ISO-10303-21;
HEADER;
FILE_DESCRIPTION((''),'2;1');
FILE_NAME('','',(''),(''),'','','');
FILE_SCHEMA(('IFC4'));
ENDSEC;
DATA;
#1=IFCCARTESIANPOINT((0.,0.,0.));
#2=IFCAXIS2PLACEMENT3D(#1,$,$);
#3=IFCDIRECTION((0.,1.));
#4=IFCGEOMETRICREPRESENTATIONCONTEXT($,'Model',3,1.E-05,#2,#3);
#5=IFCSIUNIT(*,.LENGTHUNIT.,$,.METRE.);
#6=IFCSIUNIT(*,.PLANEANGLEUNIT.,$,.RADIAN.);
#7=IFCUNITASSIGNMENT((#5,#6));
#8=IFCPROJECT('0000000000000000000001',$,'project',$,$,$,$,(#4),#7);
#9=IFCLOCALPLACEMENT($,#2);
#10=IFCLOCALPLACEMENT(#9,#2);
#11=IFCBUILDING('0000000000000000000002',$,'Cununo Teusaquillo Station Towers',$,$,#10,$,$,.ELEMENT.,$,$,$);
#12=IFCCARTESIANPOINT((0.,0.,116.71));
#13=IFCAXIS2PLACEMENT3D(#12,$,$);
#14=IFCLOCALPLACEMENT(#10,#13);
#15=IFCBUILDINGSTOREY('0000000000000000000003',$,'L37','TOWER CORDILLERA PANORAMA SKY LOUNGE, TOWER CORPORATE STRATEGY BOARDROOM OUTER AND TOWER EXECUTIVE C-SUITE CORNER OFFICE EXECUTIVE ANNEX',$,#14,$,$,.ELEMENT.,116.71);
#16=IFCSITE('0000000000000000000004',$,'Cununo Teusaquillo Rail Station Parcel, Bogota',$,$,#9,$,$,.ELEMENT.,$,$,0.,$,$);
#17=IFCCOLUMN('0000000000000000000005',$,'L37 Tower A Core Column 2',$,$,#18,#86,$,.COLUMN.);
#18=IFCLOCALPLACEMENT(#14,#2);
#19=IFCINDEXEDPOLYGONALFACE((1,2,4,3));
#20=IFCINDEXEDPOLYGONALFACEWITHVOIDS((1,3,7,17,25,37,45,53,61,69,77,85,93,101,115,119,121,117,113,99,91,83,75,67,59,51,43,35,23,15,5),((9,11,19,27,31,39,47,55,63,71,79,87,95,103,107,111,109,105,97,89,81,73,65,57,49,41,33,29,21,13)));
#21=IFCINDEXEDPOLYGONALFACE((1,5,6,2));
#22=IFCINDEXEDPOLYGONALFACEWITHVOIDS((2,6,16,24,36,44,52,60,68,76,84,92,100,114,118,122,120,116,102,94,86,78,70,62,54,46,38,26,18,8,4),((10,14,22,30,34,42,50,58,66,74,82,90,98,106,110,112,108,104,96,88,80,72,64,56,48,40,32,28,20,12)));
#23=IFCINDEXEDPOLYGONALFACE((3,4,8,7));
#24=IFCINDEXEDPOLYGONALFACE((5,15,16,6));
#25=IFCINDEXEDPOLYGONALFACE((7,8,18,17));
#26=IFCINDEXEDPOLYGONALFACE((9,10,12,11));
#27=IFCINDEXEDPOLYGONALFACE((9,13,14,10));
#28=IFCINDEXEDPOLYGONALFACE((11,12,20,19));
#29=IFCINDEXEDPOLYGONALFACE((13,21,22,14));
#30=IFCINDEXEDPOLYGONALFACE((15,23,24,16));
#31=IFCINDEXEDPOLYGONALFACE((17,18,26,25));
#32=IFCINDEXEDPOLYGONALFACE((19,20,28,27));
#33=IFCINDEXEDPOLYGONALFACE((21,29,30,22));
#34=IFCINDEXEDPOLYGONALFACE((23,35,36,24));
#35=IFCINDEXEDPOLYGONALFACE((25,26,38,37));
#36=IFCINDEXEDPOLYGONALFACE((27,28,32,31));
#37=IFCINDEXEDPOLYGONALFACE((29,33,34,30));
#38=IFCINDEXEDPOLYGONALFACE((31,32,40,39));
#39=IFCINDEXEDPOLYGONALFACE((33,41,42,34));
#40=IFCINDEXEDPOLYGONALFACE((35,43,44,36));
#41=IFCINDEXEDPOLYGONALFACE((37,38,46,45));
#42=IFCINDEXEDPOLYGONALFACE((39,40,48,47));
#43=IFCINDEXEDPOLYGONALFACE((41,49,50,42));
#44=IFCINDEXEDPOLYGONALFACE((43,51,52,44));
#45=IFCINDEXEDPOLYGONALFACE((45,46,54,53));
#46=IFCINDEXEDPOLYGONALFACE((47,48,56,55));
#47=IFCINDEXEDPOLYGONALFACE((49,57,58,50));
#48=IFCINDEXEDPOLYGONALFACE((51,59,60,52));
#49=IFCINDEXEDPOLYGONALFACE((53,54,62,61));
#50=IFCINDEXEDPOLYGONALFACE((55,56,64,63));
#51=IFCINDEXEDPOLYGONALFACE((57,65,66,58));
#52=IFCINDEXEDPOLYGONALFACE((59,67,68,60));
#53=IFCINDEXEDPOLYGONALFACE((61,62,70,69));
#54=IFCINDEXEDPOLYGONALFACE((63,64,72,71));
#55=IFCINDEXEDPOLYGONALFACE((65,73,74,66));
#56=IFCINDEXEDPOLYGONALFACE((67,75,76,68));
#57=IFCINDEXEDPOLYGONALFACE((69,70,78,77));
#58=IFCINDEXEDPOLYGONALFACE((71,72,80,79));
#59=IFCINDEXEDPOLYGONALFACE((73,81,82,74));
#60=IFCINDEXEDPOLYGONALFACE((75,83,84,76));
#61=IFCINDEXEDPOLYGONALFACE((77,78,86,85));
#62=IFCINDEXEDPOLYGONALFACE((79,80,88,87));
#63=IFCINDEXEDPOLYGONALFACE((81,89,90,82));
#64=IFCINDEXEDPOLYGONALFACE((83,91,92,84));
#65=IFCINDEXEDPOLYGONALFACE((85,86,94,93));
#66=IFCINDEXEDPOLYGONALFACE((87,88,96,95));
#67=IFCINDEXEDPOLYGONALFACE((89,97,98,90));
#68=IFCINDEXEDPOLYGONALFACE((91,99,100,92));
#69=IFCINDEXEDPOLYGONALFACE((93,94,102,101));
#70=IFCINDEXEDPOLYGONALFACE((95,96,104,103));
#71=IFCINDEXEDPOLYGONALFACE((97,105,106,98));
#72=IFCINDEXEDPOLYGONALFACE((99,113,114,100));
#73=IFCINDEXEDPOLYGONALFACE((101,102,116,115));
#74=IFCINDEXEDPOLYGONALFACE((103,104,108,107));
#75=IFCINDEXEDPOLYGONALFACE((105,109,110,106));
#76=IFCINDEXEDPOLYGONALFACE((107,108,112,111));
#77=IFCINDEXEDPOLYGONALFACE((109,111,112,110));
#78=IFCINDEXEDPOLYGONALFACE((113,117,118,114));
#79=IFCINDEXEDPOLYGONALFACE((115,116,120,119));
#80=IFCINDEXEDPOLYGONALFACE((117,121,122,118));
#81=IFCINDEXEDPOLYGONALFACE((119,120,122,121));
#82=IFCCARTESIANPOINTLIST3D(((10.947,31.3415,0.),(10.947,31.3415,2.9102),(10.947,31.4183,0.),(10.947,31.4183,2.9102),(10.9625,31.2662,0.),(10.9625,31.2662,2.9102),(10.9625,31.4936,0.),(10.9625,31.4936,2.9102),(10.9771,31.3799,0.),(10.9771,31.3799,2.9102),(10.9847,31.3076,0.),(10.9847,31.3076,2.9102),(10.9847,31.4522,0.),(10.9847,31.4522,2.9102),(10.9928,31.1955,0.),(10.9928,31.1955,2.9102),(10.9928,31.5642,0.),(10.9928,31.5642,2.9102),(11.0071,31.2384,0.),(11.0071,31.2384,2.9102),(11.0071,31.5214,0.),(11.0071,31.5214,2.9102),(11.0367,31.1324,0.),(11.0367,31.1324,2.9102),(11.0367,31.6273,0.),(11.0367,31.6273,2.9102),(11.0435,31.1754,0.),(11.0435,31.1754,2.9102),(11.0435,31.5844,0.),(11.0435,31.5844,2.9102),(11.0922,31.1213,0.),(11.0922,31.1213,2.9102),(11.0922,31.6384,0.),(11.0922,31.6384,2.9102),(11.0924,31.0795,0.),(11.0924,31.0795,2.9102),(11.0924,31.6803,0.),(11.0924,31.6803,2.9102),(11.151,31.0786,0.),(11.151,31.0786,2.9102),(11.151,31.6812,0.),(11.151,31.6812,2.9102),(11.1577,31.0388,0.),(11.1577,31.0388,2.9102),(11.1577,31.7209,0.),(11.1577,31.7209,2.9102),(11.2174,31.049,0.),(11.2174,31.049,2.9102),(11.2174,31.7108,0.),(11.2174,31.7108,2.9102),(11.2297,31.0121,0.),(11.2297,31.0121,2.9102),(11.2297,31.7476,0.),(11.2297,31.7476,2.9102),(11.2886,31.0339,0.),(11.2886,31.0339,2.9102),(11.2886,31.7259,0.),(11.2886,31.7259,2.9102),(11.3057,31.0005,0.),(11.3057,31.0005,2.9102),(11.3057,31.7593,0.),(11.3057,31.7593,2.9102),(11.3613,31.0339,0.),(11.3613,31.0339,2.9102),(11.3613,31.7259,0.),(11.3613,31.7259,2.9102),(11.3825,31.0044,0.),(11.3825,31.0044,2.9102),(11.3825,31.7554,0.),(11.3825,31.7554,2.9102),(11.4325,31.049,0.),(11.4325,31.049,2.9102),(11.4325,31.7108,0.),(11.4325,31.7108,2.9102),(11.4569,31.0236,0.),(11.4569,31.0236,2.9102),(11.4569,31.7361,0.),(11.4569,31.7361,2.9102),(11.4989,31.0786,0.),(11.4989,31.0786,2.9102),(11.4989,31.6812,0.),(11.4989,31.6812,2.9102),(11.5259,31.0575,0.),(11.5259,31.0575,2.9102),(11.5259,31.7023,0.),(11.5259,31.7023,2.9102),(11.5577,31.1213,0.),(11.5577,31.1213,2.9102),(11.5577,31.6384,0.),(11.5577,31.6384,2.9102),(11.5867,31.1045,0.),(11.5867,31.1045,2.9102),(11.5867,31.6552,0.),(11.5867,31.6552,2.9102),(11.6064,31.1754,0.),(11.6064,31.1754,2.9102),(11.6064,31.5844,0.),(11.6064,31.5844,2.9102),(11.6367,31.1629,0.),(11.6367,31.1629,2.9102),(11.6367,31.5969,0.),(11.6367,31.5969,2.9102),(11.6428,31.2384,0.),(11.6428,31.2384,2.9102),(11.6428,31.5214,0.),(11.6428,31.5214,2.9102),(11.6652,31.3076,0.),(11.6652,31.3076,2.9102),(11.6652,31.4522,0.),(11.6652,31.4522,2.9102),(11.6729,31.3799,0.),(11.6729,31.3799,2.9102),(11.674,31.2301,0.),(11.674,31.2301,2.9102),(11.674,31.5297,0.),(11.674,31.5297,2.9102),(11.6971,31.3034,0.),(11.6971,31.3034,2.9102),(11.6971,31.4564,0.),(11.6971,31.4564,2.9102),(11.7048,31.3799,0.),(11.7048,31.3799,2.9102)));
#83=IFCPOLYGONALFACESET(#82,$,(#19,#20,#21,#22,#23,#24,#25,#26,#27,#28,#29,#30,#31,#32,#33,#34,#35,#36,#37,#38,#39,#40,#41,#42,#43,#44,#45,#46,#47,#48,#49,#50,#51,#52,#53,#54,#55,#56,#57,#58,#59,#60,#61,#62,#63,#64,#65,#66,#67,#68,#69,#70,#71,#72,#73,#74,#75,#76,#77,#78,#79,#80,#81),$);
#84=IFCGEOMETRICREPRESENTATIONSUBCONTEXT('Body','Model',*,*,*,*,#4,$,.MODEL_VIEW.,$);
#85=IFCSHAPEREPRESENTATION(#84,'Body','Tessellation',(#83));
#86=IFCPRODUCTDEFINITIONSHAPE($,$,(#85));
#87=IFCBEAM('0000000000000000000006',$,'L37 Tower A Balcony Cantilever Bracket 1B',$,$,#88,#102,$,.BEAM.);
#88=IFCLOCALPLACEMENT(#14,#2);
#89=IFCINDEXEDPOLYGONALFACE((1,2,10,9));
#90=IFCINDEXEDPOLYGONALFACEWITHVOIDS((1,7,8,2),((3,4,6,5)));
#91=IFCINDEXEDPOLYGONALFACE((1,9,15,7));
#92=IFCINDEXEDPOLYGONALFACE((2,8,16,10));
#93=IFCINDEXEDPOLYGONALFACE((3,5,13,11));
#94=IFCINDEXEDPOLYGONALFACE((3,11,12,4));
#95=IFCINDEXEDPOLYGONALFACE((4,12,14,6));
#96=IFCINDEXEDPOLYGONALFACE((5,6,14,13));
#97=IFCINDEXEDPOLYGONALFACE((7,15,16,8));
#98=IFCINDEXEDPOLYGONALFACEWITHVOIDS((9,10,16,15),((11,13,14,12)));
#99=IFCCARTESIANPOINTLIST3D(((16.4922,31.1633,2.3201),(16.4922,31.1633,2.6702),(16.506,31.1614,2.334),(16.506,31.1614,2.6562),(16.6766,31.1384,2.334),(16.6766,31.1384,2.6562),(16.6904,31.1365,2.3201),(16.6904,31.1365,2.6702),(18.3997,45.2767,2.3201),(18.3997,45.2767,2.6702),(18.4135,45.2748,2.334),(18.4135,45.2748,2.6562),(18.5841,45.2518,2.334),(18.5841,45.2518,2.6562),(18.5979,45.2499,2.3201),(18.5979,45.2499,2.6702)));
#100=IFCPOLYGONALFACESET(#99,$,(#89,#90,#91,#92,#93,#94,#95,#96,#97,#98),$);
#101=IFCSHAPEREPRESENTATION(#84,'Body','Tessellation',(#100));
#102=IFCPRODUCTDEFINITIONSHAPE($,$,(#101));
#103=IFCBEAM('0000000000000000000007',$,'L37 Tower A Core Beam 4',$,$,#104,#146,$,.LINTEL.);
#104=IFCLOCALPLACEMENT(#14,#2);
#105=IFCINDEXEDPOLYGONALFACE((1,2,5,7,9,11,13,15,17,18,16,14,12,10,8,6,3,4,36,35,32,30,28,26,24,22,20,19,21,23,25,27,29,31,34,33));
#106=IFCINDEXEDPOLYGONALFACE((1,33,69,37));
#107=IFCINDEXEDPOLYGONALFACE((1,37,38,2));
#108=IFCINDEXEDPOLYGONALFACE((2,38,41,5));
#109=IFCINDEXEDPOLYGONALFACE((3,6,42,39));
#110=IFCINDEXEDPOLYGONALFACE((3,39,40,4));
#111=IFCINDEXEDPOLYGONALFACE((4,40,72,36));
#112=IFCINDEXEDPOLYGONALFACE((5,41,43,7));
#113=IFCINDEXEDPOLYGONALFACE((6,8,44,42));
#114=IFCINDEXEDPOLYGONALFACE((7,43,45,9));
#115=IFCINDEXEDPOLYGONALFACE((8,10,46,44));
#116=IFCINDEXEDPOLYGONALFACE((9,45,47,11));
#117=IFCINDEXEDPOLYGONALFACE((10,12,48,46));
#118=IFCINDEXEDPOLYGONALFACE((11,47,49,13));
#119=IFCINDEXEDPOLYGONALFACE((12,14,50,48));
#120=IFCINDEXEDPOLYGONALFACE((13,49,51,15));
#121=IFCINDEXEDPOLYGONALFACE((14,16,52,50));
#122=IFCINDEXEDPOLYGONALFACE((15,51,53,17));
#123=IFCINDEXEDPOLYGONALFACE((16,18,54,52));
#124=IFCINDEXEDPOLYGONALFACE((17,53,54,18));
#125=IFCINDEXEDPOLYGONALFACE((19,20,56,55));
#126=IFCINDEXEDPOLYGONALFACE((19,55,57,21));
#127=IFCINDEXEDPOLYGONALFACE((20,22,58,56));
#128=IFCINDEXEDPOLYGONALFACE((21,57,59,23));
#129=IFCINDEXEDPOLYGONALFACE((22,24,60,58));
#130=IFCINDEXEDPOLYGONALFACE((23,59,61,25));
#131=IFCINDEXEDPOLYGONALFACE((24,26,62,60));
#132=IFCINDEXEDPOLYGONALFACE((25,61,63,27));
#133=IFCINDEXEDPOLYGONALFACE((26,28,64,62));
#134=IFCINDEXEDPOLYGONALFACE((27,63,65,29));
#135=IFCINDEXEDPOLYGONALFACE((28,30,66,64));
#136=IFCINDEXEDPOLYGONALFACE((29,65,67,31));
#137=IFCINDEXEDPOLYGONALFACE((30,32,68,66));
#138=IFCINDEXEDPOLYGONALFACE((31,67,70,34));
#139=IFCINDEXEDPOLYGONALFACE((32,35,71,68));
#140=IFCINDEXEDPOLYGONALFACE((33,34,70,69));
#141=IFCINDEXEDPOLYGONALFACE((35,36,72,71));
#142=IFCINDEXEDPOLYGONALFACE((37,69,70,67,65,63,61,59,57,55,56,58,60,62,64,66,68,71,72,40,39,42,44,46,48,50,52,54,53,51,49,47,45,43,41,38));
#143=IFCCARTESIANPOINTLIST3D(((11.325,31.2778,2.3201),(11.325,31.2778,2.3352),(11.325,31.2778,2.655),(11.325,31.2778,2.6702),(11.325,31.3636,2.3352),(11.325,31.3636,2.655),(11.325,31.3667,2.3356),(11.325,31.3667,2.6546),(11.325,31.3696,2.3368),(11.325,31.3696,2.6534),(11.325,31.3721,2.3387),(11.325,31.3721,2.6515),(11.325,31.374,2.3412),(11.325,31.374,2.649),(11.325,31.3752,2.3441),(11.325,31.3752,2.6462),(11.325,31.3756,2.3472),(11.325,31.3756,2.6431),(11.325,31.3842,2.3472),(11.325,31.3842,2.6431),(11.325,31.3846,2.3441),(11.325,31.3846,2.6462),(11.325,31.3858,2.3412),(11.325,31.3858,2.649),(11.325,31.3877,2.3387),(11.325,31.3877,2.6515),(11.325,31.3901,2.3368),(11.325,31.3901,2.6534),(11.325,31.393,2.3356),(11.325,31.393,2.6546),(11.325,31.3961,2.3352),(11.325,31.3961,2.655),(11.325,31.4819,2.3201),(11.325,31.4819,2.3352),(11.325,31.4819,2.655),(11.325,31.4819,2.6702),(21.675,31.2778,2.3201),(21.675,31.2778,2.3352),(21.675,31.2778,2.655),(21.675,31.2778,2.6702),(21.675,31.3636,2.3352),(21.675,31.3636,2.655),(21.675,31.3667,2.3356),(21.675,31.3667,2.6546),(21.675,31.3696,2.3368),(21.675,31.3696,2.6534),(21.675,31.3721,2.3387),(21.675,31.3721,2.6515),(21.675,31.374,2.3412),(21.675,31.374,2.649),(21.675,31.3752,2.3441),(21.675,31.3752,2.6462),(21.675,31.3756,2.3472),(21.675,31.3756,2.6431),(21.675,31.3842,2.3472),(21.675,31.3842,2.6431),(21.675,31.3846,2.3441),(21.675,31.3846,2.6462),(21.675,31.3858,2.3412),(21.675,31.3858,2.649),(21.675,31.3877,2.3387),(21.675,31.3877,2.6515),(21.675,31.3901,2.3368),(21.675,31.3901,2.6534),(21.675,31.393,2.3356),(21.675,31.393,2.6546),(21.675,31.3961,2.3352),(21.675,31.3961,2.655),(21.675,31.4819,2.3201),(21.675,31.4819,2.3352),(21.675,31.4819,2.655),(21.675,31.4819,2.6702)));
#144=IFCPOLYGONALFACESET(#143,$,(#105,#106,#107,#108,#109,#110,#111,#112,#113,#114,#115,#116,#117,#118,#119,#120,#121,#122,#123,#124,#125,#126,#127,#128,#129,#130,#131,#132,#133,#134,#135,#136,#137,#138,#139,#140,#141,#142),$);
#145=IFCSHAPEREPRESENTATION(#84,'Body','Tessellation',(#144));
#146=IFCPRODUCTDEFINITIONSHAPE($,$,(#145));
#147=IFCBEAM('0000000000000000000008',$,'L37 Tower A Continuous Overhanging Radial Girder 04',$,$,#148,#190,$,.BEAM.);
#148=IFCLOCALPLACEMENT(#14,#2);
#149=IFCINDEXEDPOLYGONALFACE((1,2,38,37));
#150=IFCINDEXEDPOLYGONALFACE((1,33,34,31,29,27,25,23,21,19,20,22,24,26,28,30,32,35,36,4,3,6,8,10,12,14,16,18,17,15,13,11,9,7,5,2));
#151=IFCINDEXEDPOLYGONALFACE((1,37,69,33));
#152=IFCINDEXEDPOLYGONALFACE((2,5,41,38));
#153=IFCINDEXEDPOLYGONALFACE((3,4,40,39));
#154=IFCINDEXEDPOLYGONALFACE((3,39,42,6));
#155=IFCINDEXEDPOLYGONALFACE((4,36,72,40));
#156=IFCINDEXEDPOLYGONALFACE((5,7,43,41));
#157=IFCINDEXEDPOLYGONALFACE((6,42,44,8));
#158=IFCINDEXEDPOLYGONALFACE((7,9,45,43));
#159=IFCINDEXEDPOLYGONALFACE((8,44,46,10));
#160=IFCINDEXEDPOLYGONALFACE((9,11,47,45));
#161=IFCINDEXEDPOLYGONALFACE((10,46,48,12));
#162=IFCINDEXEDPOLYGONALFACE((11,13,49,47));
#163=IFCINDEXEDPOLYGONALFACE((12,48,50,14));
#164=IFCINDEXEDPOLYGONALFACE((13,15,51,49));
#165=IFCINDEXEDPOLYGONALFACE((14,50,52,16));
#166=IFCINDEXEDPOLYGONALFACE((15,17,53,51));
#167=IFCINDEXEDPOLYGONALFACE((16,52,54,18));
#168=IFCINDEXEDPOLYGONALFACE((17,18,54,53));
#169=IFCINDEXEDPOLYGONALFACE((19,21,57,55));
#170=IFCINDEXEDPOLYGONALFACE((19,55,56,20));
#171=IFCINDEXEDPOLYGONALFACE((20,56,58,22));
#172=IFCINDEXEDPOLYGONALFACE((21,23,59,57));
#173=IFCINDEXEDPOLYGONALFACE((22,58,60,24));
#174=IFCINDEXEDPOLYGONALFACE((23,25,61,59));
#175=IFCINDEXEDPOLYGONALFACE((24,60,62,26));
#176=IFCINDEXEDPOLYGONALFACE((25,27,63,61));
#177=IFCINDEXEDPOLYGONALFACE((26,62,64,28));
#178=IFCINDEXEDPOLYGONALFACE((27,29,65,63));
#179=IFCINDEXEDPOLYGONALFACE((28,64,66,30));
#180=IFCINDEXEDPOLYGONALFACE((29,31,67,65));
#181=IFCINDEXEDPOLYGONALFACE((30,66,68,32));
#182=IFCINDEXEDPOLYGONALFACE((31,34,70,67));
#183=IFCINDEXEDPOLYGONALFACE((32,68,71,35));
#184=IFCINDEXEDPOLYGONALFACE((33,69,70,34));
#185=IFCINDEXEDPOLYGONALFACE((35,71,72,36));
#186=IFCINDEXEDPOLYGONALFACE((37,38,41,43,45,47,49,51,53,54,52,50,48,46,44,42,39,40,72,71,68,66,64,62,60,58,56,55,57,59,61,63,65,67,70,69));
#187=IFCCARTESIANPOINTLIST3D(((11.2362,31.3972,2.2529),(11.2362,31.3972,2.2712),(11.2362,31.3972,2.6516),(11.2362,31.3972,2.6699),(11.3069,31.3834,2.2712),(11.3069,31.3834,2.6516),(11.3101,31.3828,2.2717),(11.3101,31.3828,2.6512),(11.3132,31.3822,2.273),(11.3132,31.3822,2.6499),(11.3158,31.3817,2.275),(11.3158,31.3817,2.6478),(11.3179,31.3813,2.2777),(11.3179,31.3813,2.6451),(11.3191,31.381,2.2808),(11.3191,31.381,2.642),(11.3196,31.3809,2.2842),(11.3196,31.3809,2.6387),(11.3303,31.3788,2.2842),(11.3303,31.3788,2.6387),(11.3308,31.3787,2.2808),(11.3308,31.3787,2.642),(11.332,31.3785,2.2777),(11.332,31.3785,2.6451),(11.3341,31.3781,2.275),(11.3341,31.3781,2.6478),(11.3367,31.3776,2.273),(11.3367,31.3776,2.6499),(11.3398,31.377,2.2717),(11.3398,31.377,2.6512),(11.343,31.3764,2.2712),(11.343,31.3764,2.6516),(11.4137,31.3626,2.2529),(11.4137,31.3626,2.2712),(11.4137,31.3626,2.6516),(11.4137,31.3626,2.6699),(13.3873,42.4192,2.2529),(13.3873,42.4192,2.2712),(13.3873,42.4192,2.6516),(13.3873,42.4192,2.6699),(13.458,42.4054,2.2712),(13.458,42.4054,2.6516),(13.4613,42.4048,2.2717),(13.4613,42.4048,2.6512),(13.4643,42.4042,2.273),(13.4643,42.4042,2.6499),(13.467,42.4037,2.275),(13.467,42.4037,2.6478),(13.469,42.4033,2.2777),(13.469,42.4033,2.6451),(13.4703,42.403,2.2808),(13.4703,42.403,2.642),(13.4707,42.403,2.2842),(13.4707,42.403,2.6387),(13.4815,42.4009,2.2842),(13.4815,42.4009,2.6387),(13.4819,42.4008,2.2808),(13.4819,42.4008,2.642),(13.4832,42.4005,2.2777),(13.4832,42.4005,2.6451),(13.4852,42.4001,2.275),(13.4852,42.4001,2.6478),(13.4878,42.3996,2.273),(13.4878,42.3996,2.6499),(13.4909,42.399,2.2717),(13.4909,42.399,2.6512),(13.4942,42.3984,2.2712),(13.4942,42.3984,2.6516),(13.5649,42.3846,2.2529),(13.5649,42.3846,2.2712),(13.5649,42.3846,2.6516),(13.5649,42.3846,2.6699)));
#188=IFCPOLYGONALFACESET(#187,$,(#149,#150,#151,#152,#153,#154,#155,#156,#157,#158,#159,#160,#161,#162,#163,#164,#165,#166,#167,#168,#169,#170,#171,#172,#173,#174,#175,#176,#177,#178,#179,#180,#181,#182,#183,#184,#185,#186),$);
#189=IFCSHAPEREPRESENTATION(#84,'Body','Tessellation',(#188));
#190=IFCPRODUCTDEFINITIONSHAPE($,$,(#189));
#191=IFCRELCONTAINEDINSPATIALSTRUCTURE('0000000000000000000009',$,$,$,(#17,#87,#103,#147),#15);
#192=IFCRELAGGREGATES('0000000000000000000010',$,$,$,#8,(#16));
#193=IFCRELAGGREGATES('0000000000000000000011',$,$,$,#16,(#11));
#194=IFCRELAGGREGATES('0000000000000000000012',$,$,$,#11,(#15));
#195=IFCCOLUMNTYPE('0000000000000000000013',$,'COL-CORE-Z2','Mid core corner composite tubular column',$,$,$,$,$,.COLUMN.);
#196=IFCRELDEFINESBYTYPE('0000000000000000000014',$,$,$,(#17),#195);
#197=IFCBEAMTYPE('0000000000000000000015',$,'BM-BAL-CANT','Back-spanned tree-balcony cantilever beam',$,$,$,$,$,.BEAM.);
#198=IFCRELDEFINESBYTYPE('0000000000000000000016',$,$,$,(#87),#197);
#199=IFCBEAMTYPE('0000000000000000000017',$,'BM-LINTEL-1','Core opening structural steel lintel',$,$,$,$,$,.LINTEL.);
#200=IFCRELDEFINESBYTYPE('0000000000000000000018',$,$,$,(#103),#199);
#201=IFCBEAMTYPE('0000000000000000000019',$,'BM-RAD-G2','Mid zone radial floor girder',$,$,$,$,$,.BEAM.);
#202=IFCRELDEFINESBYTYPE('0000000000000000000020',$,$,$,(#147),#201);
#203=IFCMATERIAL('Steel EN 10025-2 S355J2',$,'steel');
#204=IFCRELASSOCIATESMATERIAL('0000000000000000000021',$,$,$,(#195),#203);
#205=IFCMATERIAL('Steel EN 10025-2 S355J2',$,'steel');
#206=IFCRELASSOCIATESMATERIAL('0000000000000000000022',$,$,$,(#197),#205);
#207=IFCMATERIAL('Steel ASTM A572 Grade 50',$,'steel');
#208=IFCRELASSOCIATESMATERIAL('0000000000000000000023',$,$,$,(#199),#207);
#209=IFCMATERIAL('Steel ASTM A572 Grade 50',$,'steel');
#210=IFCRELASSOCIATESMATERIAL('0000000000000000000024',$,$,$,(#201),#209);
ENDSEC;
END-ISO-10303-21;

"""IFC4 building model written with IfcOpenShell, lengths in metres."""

from ifc_helpers import new_model, si_unit, direction, frame, origin, origin_2d, place, context, subcontext, project, spatial, hollow_rectangle, hollow_circle, i_section, extrude, material, material_profile, profile_set, type_object, element, save


model = new_model("IFC4")

# Units and contexts
model_context = context("Model", 3, precision=1e-05, world=origin(), true_north=direction((0.0, 1.0)))
body_context = subcontext(model_context, "Body", "Model", "MODEL_VIEW")
ifc_project = project(units=[si_unit("LENGTHUNIT", "METRE"), si_unit("PLANEANGLEUNIT", "RADIAN")], contexts=[model_context])

# Site, building, storey
site_placement = place(None, origin())
site = spatial("IfcSite", under=ifc_project, at=site_placement, Name="Cununo Teusaquillo Rail Station Parcel, Bogota", CompositionType="ELEMENT", RefElevation=0.0)
building_placement = place(site_placement, origin())
building = spatial("IfcBuilding", under=site, at=building_placement, Name="Cununo Teusaquillo Station Towers", CompositionType="ELEMENT")
storey_placement = place(building_placement, frame((0.0, 0.0, 116.71)))
storey = spatial("IfcBuildingStorey", under=building, at=storey_placement, Name="L37", Description="TOWER CORDILLERA PANORAMA SKY LOUNGE, TOWER CORPORATE STRATEGY BOARDROOM OUTER AND TOWER EXECUTIVE C-SUITE CORNER OFFICE EXECUTIVE ANNEX", CompositionType="ELEMENT", Elevation=116.71)

# Column
ifc_material_1 = material(Name="Steel EN 10025-2 S355J2", Category="steel")
ifc_material_profile_1 = material_profile(ifc_material_1, hollow_circle(Radius=0.3799, WallThickness=0.032, at=origin_2d()), Name="CHS 760x32")
ifc_profile_set_1 = profile_set([ifc_material_profile_1], Name="Steel EN 10025-2 S355J2")
column_type = type_object("IfcColumnType", Name="COL-CORE-Z2", Description="Mid core corner composite tubular column", PredefinedType="COLUMN", material=ifc_profile_set_1)
column_placement = place(storey_placement, frame((11.325, 31.3799, 0.0), z_axis=(0.0, 0.0, 1.0), x_axis=(1.0, 0.0, 0.0)))
element("IfcColumn", 1, at=column_placement, inside=storey, type_object=column_type, Name="L37 Tower A Core Column 2", PredefinedType="COLUMN", context=body_context, shape_type="SweptSolid", body=[
    extrude(hollow_circle(Radius=0.3799, WallThickness=0.032, at=origin_2d()), origin(), (0.0, 0.0, 1.0), 2.9102),
])

# Beams
ifc_material_2 = material(Name="Steel EN 10025-2 S355J2", Category="steel")
ifc_material_profile_2 = material_profile(ifc_material_2, hollow_rectangle(XDim=0.2, YDim=0.3501, WallThickness=0.0139, at=origin_2d()), Name="RHS 350x200x14")
ifc_profile_set_2 = profile_set([ifc_material_profile_2], Name="Steel EN 10025-2 S355J2")
beam_type_1 = type_object("IfcBeamType", Name="BM-BAL-CANT", Description="Back-spanned tree-balcony cantilever beam", PredefinedType="BEAM", material=ifc_profile_set_2)
beam_1_placement = place(storey_placement, frame((16.5913, 31.1499, 2.4951), z_axis=(0.133937, 0.99099, 0.0), x_axis=(-0.99099, 0.133937, 0.0)))
element("IfcBeam", 2, at=beam_1_placement, inside=storey, type_object=beam_type_1, Name="L37 Tower A Balcony Cantilever Bracket 1B", PredefinedType="BEAM", context=body_context, shape_type="SweptSolid", body=[
    extrude(hollow_rectangle(XDim=0.2, YDim=0.3501, WallThickness=0.0139, at=origin_2d()), origin(), (0.0, 0.0, 1.0), 14.2417),
])
ifc_material_3 = material(Name="Steel ASTM A572 Grade 50", Category="steel")
ifc_material_profile_3 = material_profile(ifc_material_3, i_section(OverallWidth=0.2041, OverallDepth=0.3501, WebThickness=0.0085, FlangeThickness=0.0151, FilletRadius=0.012, at=origin_2d()), Name="W14X48")
ifc_profile_set_3 = profile_set([ifc_material_profile_3], Name="Steel ASTM A572 Grade 50")
beam_type_2 = type_object("IfcBeamType", Name="BM-LINTEL-1", Description="Core opening structural steel lintel", PredefinedType="LINTEL", material=ifc_profile_set_3)
beam_2_placement = place(storey_placement, frame((11.325, 31.3799, 2.4951), z_axis=(1.0, 0.0, 0.0), x_axis=(0.0, 1.0, 0.0)))
element("IfcBeam", 3, at=beam_2_placement, inside=storey, type_object=beam_type_2, Name="L37 Tower A Core Beam 4", PredefinedType="LINTEL", context=body_context, shape_type="SweptSolid", body=[
    extrude(i_section(OverallWidth=0.2041, OverallDepth=0.3501, WebThickness=0.0085, FlangeThickness=0.0151, FilletRadius=0.012, at=origin_2d()), origin(), (0.0, 0.0, 1.0), 10.3501),
])
ifc_material_4 = material(Name="Steel ASTM A572 Grade 50", Category="steel")
ifc_material_profile_4 = material_profile(ifc_material_4, i_section(OverallWidth=0.1809, OverallDepth=0.417, WebThickness=0.011, FlangeThickness=0.0183, FilletRadius=0.0129, at=origin_2d()), Name="W16X57")
ifc_profile_set_4 = profile_set([ifc_material_profile_4], Name="Steel ASTM A572 Grade 50")
beam_type_3 = type_object("IfcBeamType", Name="BM-RAD-G2", Description="Mid zone radial floor girder", PredefinedType="BEAM", material=ifc_profile_set_4)
beam_3_placement = place(storey_placement, frame((11.325, 31.3799, 2.4614), z_axis=(0.191553, 0.981482, 0.0), x_axis=(-0.981482, 0.191553, 0.0)))
element("IfcBeam", 4, at=beam_3_placement, inside=storey, type_object=beam_type_3, Name="L37 Tower A Continuous Overhanging Radial Girder 04", PredefinedType="BEAM", context=body_context, shape_type="SweptSolid", body=[
    extrude(i_section(OverallWidth=0.1809, OverallDepth=0.417, WebThickness=0.011, FlangeThickness=0.0183, FilletRadius=0.0129, at=origin_2d()), origin(), (0.0, 0.0, 1.0), 11.23),
])

save(model, "model.ifc")
